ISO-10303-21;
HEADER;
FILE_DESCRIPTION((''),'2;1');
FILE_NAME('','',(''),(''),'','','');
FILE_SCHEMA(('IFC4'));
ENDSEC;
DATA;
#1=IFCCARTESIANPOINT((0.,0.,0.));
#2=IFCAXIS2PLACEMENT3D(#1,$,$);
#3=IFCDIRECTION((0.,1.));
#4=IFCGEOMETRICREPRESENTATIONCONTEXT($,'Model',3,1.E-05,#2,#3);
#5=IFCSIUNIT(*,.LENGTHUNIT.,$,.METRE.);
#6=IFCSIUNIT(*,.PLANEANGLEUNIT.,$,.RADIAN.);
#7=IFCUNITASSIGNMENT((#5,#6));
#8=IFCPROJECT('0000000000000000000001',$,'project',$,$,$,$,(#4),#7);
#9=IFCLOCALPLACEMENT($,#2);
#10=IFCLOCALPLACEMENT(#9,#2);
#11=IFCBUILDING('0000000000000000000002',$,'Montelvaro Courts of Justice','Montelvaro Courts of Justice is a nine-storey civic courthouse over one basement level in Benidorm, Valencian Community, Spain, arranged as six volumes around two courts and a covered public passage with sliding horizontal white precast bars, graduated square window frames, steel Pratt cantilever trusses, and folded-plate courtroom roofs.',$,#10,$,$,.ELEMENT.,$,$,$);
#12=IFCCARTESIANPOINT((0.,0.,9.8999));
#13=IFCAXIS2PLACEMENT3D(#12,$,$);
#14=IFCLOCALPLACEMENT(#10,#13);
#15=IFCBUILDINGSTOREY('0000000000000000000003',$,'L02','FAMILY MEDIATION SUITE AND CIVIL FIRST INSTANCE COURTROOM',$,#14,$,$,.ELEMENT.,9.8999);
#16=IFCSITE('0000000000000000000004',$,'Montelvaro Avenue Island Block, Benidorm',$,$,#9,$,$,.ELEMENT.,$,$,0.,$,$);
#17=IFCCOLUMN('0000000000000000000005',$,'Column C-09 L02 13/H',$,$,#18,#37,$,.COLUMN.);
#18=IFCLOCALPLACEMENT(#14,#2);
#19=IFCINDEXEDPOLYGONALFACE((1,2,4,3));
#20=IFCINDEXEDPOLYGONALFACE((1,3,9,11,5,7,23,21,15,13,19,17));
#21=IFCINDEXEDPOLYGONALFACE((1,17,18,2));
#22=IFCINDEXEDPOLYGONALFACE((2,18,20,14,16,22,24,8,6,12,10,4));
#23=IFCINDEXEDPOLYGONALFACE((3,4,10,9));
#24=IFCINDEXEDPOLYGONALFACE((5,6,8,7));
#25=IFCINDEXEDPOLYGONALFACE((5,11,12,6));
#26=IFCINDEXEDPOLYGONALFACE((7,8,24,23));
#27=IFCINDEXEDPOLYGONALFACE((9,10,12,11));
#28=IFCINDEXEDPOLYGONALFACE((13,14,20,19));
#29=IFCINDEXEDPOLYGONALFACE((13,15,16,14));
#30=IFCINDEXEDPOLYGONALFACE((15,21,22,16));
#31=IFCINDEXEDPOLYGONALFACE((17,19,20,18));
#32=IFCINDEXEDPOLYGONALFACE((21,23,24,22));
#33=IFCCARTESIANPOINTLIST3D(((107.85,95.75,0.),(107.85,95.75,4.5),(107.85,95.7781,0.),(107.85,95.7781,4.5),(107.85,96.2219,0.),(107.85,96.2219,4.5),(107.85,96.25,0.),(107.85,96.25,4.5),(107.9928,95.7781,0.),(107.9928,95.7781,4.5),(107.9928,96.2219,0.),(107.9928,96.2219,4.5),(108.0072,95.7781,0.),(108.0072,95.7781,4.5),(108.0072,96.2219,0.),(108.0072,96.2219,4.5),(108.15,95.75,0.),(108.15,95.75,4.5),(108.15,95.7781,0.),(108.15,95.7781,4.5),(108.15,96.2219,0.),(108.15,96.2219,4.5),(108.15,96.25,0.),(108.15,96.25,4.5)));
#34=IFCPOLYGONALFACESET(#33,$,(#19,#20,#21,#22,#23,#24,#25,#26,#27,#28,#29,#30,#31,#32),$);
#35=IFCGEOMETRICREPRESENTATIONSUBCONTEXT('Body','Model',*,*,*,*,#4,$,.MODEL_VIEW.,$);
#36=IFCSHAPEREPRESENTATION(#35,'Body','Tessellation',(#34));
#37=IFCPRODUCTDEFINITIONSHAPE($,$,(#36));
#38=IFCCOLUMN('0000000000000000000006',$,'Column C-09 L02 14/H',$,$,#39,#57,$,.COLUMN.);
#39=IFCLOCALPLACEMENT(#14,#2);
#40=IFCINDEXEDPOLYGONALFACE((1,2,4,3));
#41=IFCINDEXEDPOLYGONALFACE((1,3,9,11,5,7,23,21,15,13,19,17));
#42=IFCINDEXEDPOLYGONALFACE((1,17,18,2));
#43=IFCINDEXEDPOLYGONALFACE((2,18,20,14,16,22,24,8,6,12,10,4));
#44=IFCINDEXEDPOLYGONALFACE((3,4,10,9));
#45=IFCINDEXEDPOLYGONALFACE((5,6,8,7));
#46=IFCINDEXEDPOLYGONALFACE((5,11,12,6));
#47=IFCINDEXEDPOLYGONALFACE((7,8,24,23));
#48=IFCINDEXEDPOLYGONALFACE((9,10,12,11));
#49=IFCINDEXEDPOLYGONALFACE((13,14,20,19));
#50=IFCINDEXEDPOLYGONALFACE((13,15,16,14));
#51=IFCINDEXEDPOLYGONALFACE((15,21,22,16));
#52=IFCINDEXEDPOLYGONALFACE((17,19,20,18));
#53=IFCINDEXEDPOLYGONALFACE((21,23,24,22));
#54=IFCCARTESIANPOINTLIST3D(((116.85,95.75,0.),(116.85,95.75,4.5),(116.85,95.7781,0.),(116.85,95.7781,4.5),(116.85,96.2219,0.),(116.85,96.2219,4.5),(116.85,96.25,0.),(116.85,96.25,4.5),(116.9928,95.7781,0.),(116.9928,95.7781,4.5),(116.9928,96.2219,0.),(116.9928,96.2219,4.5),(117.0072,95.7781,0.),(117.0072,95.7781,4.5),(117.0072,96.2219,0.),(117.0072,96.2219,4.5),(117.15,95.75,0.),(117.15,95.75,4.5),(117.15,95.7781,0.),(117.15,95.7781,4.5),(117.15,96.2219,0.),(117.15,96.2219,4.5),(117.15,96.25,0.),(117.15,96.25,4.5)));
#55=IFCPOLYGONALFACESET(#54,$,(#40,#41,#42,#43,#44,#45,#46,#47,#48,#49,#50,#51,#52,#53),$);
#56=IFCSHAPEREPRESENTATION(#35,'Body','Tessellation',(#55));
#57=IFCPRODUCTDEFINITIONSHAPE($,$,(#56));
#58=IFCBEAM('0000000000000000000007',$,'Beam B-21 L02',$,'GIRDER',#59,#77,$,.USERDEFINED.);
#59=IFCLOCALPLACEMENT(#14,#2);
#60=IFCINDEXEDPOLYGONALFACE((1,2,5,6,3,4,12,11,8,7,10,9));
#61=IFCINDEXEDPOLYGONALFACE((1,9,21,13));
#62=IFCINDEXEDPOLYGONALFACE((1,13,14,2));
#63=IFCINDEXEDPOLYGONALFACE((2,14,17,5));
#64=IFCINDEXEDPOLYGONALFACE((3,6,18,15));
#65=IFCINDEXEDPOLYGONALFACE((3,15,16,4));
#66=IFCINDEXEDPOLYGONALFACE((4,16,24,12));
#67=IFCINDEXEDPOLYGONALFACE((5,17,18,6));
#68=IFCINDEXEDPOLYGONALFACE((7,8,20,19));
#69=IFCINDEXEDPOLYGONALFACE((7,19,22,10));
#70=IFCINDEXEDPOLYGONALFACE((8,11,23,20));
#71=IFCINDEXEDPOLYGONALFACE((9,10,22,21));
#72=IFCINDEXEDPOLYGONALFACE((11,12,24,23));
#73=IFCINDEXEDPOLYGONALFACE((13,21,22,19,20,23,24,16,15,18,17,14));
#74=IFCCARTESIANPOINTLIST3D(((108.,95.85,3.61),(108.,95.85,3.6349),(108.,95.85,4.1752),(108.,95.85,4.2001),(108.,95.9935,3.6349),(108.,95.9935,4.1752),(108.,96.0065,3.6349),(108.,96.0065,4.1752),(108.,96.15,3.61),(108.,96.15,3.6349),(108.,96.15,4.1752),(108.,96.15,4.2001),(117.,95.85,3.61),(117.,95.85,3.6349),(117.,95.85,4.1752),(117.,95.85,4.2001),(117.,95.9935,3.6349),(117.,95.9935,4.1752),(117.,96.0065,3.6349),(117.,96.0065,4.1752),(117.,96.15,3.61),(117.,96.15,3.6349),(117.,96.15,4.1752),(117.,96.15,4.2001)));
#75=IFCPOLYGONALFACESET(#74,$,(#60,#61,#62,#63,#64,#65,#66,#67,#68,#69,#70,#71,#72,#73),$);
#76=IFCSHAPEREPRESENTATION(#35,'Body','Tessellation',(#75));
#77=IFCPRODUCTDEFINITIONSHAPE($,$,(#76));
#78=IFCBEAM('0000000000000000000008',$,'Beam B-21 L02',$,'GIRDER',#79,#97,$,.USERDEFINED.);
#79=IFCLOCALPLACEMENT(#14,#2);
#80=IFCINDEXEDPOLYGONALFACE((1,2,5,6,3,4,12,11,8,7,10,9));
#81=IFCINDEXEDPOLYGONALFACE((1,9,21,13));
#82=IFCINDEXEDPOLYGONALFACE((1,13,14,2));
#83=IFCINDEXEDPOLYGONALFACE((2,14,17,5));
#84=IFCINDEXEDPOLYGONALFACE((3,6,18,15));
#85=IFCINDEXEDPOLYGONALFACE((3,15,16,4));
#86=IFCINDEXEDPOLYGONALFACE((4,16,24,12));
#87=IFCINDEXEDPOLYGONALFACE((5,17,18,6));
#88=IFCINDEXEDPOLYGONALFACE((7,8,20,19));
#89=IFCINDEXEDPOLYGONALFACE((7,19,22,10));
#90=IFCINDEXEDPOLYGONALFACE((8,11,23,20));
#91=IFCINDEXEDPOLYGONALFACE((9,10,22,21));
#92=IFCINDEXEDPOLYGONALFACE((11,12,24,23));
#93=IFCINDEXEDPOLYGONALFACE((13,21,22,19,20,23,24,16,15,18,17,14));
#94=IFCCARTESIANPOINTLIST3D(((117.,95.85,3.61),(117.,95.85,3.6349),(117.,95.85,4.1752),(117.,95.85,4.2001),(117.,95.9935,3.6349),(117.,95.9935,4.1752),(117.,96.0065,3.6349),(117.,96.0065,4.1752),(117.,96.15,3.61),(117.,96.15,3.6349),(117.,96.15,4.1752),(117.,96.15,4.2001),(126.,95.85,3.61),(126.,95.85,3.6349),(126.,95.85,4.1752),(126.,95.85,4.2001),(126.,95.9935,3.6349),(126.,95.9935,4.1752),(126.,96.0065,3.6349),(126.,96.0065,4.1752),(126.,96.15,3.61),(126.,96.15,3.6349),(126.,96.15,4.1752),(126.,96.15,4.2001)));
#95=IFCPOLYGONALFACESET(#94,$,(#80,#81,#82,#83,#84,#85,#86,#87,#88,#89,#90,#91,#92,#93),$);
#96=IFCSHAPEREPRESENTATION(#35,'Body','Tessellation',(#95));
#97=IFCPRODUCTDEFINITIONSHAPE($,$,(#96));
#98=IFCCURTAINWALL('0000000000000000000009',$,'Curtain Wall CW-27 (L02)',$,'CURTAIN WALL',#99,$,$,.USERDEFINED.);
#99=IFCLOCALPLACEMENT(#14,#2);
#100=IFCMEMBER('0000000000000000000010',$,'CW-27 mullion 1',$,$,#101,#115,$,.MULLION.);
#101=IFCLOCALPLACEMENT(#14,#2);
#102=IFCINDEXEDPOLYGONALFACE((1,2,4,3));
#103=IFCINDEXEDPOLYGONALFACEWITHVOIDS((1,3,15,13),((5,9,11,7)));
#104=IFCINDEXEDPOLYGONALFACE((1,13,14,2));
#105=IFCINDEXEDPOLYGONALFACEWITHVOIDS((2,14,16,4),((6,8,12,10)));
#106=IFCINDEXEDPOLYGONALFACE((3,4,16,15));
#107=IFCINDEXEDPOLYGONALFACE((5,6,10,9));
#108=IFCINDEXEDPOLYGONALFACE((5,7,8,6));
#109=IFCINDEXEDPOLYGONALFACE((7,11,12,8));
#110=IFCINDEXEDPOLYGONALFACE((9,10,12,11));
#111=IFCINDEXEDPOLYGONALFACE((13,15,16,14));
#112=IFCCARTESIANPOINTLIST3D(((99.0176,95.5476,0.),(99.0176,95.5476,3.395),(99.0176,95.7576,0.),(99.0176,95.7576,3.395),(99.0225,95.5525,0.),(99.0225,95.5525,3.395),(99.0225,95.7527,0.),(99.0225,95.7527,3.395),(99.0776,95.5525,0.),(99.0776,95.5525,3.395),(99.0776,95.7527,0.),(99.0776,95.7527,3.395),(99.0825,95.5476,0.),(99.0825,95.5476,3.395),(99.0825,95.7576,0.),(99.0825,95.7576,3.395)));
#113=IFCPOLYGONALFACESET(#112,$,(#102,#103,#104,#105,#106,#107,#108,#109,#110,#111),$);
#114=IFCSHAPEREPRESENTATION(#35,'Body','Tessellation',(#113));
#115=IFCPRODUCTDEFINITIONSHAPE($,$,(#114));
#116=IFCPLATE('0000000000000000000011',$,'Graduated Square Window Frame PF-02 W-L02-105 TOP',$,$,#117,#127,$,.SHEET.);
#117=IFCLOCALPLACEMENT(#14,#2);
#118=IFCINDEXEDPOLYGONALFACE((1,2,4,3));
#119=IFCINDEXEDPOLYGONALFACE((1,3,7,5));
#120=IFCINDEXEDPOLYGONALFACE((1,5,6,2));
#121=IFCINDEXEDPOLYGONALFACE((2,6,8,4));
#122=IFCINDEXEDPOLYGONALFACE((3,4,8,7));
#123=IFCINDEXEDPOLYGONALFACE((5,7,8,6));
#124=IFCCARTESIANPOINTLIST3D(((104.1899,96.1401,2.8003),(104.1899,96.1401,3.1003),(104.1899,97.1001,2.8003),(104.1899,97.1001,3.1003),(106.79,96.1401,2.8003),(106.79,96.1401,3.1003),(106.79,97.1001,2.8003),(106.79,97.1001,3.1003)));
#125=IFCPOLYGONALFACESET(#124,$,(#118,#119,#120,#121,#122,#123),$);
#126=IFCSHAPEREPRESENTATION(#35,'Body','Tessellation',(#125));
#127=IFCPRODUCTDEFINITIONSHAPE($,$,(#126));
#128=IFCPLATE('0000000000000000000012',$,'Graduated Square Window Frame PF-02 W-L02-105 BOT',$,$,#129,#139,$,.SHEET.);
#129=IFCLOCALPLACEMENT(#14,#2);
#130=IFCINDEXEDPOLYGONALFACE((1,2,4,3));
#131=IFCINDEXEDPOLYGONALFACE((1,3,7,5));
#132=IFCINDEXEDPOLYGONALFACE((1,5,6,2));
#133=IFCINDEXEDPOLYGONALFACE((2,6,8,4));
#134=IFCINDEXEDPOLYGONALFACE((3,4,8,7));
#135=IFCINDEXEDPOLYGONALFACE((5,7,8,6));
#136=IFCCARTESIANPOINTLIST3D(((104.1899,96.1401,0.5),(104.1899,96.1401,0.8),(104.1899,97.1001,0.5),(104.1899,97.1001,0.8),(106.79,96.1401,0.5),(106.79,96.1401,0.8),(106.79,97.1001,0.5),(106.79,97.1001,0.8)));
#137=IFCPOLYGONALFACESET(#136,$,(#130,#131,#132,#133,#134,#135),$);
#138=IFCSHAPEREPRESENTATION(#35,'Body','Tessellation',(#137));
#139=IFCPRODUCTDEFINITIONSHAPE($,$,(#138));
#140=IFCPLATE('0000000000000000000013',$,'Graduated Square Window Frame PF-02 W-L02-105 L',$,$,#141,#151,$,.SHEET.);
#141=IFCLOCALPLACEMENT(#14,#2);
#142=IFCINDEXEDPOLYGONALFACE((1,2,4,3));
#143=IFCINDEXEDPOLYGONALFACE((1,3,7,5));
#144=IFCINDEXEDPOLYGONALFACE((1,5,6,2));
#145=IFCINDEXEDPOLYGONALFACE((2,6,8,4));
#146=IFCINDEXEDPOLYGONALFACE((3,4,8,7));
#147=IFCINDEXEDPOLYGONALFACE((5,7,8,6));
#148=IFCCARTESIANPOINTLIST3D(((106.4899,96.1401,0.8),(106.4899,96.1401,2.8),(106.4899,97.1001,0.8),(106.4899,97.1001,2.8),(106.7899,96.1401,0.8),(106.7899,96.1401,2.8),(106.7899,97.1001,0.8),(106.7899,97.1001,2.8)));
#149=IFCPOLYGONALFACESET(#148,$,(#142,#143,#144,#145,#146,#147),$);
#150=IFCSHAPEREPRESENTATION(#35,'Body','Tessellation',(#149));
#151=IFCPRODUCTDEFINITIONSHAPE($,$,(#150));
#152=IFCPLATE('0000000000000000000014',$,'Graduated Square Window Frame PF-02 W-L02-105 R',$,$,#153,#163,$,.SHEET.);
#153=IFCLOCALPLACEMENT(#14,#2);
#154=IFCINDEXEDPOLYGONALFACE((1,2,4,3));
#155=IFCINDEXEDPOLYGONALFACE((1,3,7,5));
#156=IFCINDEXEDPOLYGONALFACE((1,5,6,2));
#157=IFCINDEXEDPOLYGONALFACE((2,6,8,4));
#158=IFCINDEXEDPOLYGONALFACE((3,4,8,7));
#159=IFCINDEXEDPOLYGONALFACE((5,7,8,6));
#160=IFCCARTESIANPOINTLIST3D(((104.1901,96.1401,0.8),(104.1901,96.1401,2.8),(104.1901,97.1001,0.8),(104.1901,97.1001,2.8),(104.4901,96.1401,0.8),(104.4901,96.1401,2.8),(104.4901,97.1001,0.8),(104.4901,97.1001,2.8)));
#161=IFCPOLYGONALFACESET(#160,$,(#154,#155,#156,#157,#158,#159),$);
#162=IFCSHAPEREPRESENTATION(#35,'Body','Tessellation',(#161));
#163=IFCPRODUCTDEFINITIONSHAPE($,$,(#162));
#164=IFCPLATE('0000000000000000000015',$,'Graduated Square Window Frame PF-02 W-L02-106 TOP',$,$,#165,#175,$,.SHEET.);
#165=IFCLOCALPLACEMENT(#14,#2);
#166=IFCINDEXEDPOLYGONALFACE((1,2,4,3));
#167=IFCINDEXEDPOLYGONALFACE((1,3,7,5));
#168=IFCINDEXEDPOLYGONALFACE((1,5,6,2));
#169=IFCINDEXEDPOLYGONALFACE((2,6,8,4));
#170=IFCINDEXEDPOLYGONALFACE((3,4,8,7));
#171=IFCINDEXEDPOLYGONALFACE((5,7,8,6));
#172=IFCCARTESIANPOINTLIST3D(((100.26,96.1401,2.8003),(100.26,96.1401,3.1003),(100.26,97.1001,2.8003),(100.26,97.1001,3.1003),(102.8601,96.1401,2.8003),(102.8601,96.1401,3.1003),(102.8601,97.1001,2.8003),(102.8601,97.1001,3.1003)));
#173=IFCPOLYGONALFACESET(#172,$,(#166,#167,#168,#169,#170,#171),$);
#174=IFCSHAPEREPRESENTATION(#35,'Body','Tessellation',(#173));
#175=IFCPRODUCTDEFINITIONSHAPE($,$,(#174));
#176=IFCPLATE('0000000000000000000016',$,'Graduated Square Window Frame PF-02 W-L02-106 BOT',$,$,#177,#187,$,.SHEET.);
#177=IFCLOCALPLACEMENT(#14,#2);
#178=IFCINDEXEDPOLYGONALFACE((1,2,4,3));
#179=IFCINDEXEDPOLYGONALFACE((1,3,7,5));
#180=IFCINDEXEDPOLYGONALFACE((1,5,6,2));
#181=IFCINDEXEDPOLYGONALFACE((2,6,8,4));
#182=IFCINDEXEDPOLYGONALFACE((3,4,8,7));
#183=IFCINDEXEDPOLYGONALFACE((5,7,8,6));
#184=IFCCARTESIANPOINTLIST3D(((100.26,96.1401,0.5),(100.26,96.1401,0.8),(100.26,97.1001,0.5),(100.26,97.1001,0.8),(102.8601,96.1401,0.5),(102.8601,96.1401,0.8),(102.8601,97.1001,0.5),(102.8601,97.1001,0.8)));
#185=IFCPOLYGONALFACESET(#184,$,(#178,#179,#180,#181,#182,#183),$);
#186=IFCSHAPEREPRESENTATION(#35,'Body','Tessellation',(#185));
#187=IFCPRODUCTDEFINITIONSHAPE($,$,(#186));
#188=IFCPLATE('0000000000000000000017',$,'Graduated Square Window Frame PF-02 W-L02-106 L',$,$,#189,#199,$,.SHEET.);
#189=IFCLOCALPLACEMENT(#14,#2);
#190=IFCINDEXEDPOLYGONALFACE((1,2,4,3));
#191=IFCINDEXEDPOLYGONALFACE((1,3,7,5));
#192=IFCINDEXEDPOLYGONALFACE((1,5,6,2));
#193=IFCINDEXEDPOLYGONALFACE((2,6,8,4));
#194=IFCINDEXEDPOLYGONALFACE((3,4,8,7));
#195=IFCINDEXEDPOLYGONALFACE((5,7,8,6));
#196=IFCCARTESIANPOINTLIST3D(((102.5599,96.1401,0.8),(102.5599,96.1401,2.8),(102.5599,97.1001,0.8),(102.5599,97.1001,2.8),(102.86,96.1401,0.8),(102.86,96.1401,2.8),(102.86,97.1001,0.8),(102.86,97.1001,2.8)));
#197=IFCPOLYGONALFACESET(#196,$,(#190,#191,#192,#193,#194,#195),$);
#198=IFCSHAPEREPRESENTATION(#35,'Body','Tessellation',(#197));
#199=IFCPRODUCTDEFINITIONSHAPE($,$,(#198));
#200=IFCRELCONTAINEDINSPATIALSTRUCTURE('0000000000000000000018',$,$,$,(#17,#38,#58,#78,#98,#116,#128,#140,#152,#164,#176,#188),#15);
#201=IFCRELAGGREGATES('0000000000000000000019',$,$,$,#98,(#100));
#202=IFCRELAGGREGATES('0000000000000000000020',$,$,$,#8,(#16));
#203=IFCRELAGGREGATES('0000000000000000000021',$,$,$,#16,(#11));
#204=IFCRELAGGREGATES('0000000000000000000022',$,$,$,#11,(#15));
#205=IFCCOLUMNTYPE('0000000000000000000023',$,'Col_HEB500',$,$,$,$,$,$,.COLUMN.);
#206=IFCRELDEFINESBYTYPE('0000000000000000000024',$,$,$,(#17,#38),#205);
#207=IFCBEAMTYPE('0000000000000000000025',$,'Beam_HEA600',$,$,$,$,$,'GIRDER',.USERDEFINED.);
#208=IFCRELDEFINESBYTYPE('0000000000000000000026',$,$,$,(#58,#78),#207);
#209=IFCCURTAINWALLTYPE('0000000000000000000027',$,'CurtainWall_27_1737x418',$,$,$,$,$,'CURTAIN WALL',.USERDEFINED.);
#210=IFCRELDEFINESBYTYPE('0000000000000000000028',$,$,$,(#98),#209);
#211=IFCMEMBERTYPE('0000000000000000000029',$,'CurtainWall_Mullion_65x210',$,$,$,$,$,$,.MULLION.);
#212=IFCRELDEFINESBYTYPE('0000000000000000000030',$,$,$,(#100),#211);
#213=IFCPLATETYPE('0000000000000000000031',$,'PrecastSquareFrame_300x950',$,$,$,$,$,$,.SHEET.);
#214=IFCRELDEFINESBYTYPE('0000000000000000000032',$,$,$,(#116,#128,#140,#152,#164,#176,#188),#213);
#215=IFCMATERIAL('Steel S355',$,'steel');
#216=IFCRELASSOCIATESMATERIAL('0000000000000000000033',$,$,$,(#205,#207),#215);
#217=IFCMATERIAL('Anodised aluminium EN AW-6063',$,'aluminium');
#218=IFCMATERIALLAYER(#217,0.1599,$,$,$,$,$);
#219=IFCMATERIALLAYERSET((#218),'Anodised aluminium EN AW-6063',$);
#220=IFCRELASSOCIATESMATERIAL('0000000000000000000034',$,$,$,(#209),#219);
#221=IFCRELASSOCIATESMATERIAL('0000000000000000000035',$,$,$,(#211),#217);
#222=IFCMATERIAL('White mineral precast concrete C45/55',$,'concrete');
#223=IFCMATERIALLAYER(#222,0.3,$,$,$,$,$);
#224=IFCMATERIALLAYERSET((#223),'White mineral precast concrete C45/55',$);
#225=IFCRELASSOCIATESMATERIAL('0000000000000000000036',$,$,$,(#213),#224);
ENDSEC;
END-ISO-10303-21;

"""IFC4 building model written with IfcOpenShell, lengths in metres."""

from ifc_helpers import new_model, si_unit, direction, frame, origin, origin_2d, place, context, subcontext, project, spatial, rectangle, hollow_rectangle, i_section, extrude, material, layer, layer_set, material_profile, profile_set, type_object, element, aggregate, save


model = new_model("IFC4")

# Units and contexts
model_context = context("Model", 3, precision=1e-05, world=origin(), true_north=direction((0.0, 1.0)))
body_context = subcontext(model_context, "Body", "Model", "MODEL_VIEW")
ifc_project = project(units=[si_unit("LENGTHUNIT", "METRE"), si_unit("PLANEANGLEUNIT", "RADIAN")], contexts=[model_context])

# Site, building, storey
site_placement = place(None, origin())
site = spatial("IfcSite", under=ifc_project, at=site_placement, Name="Montelvaro Avenue Island Block, Benidorm", CompositionType="ELEMENT", RefElevation=0.0)
building_placement = place(site_placement, origin())
building = spatial("IfcBuilding", under=site, at=building_placement, Name="Montelvaro Courts of Justice", Description="Montelvaro Courts of Justice is a nine-storey civic courthouse over one basement level in Benidorm, Valencian Community, Spain, arranged as six volumes around two courts and a covered public passage with sliding horizontal white precast bars, graduated square window frames, steel Pratt cantilever trusses, and folded-plate courtroom roofs.", CompositionType="ELEMENT")
storey_placement = place(building_placement, frame((0.0, 0.0, 9.8999)))
storey = spatial("IfcBuildingStorey", under=building, at=storey_placement, Name="L02", Description="FAMILY MEDIATION SUITE AND CIVIL FIRST INSTANCE COURTROOM", CompositionType="ELEMENT", Elevation=9.8999)

# Columns
ifc_material_1 = material(Name="Steel S355", Category="steel")
ifc_material_profile_1 = material_profile(ifc_material_1, i_section(OverallWidth=0.3, OverallDepth=0.5, WebThickness=0.0144, FlangeThickness=0.0281, at=origin_2d()), Name="HEB 500")
ifc_profile_set_1 = profile_set([ifc_material_profile_1], Name="Steel S355")
column_type = type_object("IfcColumnType", Name="Col_HEB500", PredefinedType="COLUMN", material=ifc_profile_set_1)
for number, where, z_axis, x_axis, name in (
    (1, (108.0, 96.0, 0.0), (0.0, 0.0, 1.0), (1.0, 0.0, 0.0), "Column C-09 L02 13/H"),
    (2, (117.0, 96.0, 0.0), (0.0, 0.0, 1.0), (1.0, 0.0, 0.0), "Column C-09 L02 14/H"),
):
    element("IfcColumn", number, at=place(storey_placement, frame(where, z_axis=z_axis, x_axis=x_axis)), inside=storey, type_object=column_type, Name=name, PredefinedType="COLUMN", context=body_context, shape_type="SweptSolid", body=[
        extrude(i_section(OverallWidth=0.3, OverallDepth=0.5, WebThickness=0.0144, FlangeThickness=0.0281, at=origin_2d()), origin(), (0.0, 0.0, 1.0), 4.5),
    ])

# Beams
ifc_material_profile_2 = material_profile(ifc_material_1, i_section(OverallWidth=0.3, OverallDepth=0.5901, WebThickness=0.0129, FlangeThickness=0.0249, at=origin_2d()), Name="HEA 600")
ifc_profile_set_2 = profile_set([ifc_material_profile_2], Name="Steel S355")
beam_type = type_object("IfcBeamType", Name="Beam_HEA600", ElementType="GIRDER", PredefinedType="USERDEFINED", material=ifc_profile_set_2)
for number, where, z_axis, x_axis, name in (
    (3, (108.0, 96.0, 3.905), (1.0, 0.0, 0.0), (0.0, 1.0, 0.0), "Beam B-21 L02"),
    (4, (117.0, 96.0, 3.905), (1.0, 0.0, 0.0), (0.0, 1.0, 0.0), "Beam B-21 L02"),
):
    element("IfcBeam", number, at=place(storey_placement, frame(where, z_axis=z_axis, x_axis=x_axis)), inside=storey, type_object=beam_type, Name=name, ObjectType="GIRDER", PredefinedType="USERDEFINED", context=body_context, shape_type="SweptSolid", body=[
        extrude(i_section(OverallWidth=0.3, OverallDepth=0.5901, WebThickness=0.0129, FlangeThickness=0.0249, at=origin_2d()), origin(), (0.0, 0.0, 1.0), 9.0),
    ])

# Curtain wall, member
ifc_material_2 = material(Name="Anodised aluminium EN AW-6063", Category="aluminium")
ifc_layer_1 = layer(ifc_material_2, 0.1599)
ifc_layer_set_1 = layer_set([ifc_layer_1], Name="Anodised aluminium EN AW-6063")
curtain_wall_type = type_object("IfcCurtainWallType", Name="CurtainWall_27_1737x418", ElementType="CURTAIN WALL", PredefinedType="USERDEFINED", material=ifc_layer_set_1)
curtain_wall_placement = place(storey_placement, origin())
curtain_wall = element("IfcCurtainWall", 5, at=curtain_wall_placement, inside=storey, type_object=curtain_wall_type, Name="Curtain Wall CW-27 (L02)", ObjectType="CURTAIN WALL", PredefinedType="USERDEFINED")
ifc_material_profile_3 = material_profile(ifc_material_2, hollow_rectangle(XDim=0.0649, YDim=0.21, WallThickness=0.0049, at=origin_2d()), Name="ALU-M 65x210")
ifc_profile_set_3 = profile_set([ifc_material_profile_3], Name="Anodised aluminium EN AW-6063")
member_type = type_object("IfcMemberType", Name="CurtainWall_Mullion_65x210", PredefinedType="MULLION", material=ifc_profile_set_3)
member_placement = place(storey_placement, frame((99.05, 95.6526, 0.0), z_axis=(0.0, 0.0, 1.0), x_axis=(1.0, 0.0, 0.0)))
member = element("IfcMember", 6, at=member_placement, type_object=member_type, Name="CW-27 mullion 1", PredefinedType="MULLION", context=body_context, shape_type="SweptSolid", body=[
    extrude(hollow_rectangle(XDim=0.0649, YDim=0.21, WallThickness=0.0049, at=origin_2d()), origin(), (0.0, 0.0, 1.0), 3.395),
])
aggregate(curtain_wall, [member])

# Plates
ifc_material_3 = material(Name="White mineral precast concrete C45/55", Category="concrete")
ifc_layer_2 = layer(ifc_material_3, 0.3)
ifc_layer_set_2 = layer_set([ifc_layer_2], Name="White mineral precast concrete C45/55")
plate_type = type_object("IfcPlateType", Name="PrecastSquareFrame_300x950", PredefinedType="SHEET", material=ifc_layer_set_2)
for number, where, z_axis, x_axis, name in (
    (7, (105.49, 96.6201, 2.8003), (0.0, 0.0, 1.0), (-1.0, 0.0, 0.0), "Graduated Square Window Frame PF-02 W-L02-105 TOP"),
    (8, (105.49, 96.6201, 0.5), (0.0, 0.0, 1.0), (-1.0, 0.0, 0.0), "Graduated Square Window Frame PF-02 W-L02-105 BOT"),
):
    element("IfcPlate", number, at=place(storey_placement, frame(where, z_axis=z_axis, x_axis=x_axis)), inside=storey, type_object=plate_type, Name=name, PredefinedType="SHEET", context=body_context, shape_type="SweptSolid", body=[
        extrude(rectangle(XDim=2.6001, YDim=0.96, at=origin_2d()), origin(), (0.0, 0.0, 1.0), 0.3),
    ])
for number, where, z_axis, x_axis, name in (
    (9, (106.6399, 96.6201, 0.8), (0.0, 0.0, 1.0), (-1.0, 0.0, 0.0), "Graduated Square Window Frame PF-02 W-L02-105 L"),
    (10, (104.3401, 96.6201, 0.8), (0.0, 0.0, 1.0), (-1.0, 0.0, 0.0), "Graduated Square Window Frame PF-02 W-L02-105 R"),
):
    element("IfcPlate", number, at=place(storey_placement, frame(where, z_axis=z_axis, x_axis=x_axis)), inside=storey, type_object=plate_type, Name=name, PredefinedType="SHEET", context=body_context, shape_type="SweptSolid", body=[
        extrude(rectangle(XDim=0.3, YDim=0.96, at=origin_2d()), origin(), (0.0, 0.0, 1.0), 2.0),
    ])
for number, where, z_axis, x_axis, name in (
    (11, (101.5601, 96.6201, 2.8003), (0.0, 0.0, 1.0), (-1.0, 0.0, 0.0), "Graduated Square Window Frame PF-02 W-L02-106 TOP"),
    (12, (101.5601, 96.6201, 0.5), (0.0, 0.0, 1.0), (-1.0, 0.0, 0.0), "Graduated Square Window Frame PF-02 W-L02-106 BOT"),
):
    element("IfcPlate", number, at=place(storey_placement, frame(where, z_axis=z_axis, x_axis=x_axis)), inside=storey, type_object=plate_type, Name=name, PredefinedType="SHEET", context=body_context, shape_type="SweptSolid", body=[
        extrude(rectangle(XDim=2.6001, YDim=0.96, at=origin_2d()), origin(), (0.0, 0.0, 1.0), 0.3),
    ])
for number, where, z_axis, x_axis, name in (
    (13, (102.71, 96.6201, 0.8), (0.0, 0.0, 1.0), (-1.0, 0.0, 0.0), "Graduated Square Window Frame PF-02 W-L02-106 L"),
):
    element("IfcPlate", number, at=place(storey_placement, frame(where, z_axis=z_axis, x_axis=x_axis)), inside=storey, type_object=plate_type, Name=name, PredefinedType="SHEET", context=body_context, shape_type="SweptSolid", body=[
        extrude(rectangle(XDim=0.3, YDim=0.96, at=origin_2d()), origin(), (0.0, 0.0, 1.0), 2.0),
    ])

save(model, "model.ifc")
